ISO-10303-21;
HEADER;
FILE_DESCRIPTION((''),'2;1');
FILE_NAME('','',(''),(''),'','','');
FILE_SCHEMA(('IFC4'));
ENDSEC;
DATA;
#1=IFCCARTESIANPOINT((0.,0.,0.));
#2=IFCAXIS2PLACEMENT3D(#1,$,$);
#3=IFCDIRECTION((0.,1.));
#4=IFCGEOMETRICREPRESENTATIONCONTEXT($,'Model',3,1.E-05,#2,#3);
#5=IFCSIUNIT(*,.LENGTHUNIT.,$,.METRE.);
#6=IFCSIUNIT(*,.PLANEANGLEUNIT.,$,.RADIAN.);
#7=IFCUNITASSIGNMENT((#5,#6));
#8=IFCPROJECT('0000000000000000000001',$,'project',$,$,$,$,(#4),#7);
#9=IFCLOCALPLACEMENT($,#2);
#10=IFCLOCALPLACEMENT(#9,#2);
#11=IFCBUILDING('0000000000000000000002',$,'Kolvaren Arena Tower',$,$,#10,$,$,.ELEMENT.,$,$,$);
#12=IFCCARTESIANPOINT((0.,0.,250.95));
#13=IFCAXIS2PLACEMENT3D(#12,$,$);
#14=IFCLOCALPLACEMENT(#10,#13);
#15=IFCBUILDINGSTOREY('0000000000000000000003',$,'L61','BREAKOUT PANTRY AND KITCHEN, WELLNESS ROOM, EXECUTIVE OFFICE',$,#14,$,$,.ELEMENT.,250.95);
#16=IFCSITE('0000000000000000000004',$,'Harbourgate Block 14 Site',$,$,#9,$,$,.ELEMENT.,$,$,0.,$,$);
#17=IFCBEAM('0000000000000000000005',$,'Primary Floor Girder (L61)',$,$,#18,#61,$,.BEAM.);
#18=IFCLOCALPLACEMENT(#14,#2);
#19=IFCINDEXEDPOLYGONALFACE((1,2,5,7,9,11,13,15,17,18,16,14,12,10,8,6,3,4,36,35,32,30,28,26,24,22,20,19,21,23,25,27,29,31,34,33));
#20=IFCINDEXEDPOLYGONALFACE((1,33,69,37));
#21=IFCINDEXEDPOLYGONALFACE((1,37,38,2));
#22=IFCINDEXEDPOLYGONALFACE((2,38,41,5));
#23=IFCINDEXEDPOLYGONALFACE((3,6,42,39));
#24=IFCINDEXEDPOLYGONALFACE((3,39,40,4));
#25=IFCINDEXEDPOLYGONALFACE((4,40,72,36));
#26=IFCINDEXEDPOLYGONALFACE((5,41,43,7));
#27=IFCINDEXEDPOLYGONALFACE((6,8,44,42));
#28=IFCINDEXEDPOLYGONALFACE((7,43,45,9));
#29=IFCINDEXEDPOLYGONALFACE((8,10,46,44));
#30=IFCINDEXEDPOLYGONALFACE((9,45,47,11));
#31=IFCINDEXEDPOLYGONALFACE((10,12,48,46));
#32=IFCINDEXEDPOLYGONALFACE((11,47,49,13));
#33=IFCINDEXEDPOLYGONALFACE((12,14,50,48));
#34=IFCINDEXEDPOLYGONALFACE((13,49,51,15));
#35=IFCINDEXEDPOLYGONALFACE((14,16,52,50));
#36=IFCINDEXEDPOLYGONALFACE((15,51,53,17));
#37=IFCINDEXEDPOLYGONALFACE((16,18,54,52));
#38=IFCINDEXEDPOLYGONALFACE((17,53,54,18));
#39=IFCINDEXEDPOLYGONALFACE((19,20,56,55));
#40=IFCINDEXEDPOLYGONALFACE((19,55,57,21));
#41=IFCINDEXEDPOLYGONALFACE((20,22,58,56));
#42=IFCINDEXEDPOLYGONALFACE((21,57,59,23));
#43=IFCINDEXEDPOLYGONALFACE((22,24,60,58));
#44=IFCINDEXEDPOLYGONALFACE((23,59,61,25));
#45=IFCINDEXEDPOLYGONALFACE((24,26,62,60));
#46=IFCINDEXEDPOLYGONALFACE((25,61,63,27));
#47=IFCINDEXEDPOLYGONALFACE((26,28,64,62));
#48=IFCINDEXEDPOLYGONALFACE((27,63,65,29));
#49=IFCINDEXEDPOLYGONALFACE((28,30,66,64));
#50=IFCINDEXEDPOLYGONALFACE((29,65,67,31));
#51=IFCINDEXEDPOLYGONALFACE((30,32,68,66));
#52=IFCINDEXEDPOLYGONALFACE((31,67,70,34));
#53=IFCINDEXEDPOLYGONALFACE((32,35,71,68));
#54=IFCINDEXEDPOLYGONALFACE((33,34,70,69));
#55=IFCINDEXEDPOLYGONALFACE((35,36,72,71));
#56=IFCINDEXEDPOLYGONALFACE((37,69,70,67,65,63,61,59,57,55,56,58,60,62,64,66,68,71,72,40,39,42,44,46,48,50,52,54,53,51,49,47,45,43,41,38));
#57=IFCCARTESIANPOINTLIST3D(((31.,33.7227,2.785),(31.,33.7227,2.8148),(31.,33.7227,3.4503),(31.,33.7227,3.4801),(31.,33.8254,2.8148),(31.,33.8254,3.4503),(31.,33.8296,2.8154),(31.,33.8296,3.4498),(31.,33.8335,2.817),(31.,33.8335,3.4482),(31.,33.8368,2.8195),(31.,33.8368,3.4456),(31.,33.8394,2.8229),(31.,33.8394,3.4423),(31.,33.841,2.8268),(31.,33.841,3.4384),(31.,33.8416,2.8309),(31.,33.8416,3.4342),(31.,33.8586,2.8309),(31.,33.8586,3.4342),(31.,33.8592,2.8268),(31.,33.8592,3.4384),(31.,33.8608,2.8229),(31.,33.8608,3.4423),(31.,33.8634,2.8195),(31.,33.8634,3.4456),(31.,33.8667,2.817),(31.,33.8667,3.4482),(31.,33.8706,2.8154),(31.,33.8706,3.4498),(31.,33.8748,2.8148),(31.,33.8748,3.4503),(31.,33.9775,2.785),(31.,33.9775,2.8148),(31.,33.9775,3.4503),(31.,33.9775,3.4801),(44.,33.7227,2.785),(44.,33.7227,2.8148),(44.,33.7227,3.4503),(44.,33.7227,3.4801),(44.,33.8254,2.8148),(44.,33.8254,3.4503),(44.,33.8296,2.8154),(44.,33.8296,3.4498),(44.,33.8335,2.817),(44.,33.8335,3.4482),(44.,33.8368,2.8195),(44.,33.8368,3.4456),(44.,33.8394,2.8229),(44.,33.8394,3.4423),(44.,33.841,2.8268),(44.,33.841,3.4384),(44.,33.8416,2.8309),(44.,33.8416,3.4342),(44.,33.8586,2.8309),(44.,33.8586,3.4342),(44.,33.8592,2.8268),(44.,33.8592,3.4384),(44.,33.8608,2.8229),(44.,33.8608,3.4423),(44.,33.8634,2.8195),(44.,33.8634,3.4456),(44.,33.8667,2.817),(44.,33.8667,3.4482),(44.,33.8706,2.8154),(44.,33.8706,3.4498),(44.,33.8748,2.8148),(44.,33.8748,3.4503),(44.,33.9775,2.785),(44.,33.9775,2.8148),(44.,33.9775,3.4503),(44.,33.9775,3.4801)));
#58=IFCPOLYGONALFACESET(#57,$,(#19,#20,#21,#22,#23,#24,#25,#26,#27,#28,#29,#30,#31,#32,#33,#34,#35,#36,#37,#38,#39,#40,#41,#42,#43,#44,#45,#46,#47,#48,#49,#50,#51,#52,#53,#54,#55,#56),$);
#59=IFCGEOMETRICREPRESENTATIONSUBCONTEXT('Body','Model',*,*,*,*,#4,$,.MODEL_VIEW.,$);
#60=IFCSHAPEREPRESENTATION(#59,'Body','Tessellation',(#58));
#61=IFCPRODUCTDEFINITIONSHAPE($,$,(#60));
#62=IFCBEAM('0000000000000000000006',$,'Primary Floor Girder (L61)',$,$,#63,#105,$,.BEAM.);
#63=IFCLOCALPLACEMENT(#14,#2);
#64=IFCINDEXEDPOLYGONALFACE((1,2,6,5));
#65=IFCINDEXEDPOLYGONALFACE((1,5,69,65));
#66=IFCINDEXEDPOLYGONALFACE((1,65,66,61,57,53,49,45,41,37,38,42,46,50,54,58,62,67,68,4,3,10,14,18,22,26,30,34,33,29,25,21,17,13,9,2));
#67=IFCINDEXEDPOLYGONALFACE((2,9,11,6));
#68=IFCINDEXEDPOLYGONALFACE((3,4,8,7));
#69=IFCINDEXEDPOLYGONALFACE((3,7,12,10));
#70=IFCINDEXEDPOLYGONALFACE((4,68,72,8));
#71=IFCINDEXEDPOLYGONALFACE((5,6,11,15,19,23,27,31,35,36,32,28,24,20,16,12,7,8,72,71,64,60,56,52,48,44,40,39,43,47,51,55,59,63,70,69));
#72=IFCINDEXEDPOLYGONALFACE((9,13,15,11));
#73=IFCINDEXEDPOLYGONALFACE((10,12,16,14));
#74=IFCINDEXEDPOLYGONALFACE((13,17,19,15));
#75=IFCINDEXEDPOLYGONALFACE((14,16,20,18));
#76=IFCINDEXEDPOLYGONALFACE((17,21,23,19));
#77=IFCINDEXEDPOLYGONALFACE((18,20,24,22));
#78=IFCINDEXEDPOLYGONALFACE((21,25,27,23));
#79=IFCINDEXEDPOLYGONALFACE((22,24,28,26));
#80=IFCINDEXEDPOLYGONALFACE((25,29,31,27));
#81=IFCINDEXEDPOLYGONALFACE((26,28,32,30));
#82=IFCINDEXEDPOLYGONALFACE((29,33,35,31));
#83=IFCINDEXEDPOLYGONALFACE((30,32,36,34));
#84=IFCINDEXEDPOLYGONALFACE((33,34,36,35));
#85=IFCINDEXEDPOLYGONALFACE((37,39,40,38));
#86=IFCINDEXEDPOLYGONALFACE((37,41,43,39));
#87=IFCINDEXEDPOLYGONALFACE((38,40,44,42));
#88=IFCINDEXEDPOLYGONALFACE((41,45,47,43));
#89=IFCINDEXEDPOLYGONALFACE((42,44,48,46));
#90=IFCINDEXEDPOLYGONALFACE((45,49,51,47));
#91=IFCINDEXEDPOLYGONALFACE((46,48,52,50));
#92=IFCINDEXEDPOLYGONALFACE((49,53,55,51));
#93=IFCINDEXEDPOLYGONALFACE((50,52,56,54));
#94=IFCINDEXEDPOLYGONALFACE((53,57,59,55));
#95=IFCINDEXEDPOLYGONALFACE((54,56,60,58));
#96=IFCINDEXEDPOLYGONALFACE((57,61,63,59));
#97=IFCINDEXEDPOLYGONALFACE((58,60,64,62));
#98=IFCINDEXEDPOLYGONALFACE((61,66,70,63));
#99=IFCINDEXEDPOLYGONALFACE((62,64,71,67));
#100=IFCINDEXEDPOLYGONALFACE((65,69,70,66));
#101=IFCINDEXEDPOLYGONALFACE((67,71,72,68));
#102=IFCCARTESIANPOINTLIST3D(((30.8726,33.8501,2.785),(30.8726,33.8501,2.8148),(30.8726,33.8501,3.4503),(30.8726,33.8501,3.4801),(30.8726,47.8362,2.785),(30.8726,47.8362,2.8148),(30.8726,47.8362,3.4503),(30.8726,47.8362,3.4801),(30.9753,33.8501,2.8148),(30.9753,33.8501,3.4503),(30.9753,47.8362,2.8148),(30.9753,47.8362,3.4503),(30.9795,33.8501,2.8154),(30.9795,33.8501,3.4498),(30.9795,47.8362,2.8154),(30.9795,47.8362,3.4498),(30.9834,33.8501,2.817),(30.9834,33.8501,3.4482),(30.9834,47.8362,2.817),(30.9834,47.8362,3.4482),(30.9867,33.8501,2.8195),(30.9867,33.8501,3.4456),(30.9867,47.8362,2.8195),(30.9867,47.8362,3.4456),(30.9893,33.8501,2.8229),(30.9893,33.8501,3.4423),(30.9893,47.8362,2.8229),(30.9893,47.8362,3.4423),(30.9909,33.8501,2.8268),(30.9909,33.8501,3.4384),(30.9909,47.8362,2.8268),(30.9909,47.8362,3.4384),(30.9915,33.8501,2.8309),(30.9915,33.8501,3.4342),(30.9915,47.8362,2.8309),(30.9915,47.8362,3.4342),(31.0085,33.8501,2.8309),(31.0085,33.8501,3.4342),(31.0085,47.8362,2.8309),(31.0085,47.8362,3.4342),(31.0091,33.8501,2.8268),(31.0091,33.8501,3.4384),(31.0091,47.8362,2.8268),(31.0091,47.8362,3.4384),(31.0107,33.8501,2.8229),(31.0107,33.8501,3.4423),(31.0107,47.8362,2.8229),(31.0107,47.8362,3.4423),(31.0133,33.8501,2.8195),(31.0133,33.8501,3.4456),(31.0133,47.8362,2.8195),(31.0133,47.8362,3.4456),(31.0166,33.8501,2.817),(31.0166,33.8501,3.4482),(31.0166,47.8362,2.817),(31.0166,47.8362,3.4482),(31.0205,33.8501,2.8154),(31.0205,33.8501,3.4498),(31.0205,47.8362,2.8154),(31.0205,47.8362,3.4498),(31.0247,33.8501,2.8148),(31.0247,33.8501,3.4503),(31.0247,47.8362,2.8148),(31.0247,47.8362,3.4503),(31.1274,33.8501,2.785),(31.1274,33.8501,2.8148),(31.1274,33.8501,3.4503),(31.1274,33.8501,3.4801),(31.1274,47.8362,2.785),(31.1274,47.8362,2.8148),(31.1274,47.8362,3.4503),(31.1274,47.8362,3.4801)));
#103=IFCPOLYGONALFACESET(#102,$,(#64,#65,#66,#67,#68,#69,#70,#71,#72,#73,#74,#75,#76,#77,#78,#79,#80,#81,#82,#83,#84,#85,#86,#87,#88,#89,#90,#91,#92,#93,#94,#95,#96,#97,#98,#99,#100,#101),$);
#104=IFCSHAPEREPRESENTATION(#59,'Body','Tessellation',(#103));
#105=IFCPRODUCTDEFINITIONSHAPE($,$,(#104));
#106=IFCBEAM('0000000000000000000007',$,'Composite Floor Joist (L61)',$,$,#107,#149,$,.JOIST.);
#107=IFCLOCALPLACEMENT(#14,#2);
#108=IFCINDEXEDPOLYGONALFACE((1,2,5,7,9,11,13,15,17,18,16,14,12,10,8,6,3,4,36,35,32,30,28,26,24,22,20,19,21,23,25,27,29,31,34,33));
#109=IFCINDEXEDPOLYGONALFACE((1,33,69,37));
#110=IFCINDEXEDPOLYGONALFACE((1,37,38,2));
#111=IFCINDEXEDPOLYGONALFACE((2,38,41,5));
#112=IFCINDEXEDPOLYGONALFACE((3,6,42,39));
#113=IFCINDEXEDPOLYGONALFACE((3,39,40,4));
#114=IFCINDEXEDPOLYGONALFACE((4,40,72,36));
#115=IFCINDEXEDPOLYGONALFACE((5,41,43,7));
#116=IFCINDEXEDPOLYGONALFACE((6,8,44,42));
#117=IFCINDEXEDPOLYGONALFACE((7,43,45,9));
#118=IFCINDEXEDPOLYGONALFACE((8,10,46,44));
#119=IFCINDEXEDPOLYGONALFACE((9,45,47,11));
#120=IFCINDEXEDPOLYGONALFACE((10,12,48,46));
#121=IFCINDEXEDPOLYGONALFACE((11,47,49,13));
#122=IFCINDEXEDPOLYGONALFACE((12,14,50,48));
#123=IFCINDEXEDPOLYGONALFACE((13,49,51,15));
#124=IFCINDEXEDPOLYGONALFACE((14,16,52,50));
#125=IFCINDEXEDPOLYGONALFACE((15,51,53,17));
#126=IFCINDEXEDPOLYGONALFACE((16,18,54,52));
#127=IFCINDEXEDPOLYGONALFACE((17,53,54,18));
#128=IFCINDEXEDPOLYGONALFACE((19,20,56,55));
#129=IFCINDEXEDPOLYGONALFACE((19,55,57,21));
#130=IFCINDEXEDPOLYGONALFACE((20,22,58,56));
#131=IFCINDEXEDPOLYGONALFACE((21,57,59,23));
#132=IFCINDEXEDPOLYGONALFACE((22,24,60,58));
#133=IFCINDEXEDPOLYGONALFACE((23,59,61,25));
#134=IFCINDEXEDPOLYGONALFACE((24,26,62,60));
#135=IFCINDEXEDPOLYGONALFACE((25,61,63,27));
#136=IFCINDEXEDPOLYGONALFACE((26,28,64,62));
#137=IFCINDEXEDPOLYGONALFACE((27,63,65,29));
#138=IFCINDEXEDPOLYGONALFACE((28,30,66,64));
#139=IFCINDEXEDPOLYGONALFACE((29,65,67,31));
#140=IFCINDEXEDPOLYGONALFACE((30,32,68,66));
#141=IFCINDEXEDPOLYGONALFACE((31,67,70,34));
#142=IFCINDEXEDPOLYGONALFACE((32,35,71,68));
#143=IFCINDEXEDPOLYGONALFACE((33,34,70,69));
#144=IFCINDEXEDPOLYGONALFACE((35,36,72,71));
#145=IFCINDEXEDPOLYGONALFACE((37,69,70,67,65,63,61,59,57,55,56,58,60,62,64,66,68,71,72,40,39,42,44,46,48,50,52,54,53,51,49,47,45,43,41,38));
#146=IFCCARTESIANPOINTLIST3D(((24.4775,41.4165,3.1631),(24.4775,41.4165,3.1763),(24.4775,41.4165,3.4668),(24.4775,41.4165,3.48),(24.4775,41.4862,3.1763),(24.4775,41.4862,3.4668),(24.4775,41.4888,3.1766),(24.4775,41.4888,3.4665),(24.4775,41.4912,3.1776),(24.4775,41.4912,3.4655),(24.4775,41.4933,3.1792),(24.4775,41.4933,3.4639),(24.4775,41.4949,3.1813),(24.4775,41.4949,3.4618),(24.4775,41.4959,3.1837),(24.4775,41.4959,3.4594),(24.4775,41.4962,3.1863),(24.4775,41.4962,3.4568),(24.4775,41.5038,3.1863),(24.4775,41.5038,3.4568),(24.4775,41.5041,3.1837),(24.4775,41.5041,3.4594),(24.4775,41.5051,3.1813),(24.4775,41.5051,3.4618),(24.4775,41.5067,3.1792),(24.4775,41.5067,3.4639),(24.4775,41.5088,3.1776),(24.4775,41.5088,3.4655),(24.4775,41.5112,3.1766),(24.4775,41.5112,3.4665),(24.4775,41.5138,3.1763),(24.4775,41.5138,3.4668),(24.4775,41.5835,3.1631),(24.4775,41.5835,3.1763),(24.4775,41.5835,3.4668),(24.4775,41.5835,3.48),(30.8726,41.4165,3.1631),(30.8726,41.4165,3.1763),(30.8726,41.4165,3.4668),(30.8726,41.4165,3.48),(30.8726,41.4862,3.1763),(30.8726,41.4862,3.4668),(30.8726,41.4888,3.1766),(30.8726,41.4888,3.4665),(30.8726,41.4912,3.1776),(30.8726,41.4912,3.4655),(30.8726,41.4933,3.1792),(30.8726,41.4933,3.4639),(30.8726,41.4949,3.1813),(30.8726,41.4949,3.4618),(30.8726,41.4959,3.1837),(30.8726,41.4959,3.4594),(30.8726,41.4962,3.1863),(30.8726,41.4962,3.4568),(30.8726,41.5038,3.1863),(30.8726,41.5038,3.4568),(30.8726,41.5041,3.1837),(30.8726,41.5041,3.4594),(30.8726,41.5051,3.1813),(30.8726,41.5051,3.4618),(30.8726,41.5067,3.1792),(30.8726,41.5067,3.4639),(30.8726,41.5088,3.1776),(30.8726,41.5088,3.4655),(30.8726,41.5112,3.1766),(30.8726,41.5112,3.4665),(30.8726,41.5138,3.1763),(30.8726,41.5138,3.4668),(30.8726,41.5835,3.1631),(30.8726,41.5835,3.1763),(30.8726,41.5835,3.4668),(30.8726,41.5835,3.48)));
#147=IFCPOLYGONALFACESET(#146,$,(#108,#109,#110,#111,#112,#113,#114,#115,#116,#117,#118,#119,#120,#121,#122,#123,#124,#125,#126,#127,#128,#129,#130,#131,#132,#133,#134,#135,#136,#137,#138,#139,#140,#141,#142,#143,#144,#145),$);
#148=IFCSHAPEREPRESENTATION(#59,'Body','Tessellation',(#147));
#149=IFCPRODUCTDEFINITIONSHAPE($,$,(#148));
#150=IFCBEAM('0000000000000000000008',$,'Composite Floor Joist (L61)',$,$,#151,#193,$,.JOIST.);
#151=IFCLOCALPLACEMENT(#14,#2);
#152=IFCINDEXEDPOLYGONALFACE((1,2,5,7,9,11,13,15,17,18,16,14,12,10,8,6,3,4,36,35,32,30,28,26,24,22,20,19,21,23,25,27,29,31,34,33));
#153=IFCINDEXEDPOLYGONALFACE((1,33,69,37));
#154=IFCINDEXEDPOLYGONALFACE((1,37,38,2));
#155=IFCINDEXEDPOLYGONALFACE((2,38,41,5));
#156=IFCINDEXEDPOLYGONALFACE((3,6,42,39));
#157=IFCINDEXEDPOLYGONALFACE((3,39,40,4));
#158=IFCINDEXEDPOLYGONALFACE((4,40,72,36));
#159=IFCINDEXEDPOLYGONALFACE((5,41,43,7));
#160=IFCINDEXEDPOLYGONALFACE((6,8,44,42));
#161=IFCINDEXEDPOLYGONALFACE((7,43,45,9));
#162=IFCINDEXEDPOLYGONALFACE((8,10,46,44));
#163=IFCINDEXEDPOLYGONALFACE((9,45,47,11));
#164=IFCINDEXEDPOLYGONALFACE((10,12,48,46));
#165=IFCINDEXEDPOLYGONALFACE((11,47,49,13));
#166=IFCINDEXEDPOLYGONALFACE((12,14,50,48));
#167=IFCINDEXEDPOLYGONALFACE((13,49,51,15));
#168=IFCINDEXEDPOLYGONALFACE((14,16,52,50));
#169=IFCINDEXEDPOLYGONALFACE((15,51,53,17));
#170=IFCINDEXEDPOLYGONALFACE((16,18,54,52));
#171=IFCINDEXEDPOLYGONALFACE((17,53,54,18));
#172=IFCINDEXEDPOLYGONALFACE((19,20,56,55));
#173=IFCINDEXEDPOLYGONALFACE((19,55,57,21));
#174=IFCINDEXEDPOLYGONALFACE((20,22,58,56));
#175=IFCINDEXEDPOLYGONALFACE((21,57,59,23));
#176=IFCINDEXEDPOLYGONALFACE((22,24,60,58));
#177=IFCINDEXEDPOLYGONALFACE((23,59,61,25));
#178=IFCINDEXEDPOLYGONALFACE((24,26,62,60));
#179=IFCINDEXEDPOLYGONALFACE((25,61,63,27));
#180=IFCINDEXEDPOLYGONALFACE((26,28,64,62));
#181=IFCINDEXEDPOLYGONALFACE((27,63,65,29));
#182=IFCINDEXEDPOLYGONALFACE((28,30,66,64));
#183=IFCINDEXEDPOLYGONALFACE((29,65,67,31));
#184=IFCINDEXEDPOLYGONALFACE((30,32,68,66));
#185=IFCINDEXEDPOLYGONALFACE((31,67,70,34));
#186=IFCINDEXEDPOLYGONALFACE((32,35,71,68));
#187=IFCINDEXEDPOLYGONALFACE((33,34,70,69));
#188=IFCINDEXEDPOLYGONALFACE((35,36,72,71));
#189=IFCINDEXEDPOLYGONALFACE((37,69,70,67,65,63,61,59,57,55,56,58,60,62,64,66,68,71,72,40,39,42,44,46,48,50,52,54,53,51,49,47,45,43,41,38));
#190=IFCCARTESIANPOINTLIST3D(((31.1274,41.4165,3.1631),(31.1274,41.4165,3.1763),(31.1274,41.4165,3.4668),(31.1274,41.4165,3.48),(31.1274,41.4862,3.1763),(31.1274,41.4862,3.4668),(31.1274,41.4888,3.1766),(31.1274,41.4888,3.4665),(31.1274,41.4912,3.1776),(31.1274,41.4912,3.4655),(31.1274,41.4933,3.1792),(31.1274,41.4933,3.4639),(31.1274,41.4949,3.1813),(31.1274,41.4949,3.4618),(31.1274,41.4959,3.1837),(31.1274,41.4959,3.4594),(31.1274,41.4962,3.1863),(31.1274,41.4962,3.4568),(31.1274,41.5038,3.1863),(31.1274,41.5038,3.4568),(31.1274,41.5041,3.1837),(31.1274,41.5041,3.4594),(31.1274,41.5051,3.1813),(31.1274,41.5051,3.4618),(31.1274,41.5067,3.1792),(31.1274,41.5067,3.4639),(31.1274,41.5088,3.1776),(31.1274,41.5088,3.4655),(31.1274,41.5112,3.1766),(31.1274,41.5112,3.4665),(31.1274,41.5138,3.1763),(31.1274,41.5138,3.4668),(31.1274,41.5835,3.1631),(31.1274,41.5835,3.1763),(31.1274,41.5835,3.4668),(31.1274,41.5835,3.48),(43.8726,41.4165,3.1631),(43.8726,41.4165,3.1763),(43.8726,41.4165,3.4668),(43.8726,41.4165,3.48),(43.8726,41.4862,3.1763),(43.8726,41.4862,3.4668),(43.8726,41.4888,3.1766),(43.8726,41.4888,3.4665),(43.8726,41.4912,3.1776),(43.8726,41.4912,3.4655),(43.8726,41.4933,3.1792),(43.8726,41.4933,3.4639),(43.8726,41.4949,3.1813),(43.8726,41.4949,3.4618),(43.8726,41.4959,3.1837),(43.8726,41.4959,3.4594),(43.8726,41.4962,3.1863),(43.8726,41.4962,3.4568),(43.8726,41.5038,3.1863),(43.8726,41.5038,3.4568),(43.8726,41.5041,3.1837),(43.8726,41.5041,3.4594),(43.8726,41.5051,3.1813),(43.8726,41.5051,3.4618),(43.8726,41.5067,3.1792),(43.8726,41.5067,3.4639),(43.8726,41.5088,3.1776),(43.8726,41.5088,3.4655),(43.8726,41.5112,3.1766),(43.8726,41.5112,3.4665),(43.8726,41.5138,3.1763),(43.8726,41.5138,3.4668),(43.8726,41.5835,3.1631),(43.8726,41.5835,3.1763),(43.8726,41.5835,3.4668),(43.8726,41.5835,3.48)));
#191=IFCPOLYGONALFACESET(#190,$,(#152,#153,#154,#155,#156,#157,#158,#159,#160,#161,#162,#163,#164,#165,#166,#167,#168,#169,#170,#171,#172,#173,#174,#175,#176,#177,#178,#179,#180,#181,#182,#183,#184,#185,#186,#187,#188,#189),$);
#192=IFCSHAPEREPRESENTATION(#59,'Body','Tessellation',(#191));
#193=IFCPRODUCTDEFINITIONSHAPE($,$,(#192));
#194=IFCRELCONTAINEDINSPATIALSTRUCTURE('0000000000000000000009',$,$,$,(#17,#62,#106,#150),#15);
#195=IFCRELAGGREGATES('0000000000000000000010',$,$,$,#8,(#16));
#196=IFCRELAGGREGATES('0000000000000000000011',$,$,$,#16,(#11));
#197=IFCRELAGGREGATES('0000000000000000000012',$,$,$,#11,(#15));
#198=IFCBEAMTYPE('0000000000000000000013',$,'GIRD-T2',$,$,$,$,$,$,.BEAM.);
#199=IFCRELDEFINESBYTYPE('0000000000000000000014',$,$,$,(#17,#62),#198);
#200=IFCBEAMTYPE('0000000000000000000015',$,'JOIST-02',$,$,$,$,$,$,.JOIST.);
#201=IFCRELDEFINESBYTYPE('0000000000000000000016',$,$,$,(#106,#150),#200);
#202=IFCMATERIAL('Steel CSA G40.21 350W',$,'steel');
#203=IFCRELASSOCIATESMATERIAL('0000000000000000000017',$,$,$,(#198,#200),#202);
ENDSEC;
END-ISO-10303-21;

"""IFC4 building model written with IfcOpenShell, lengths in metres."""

from ifc_helpers import new_model, si_unit, direction, frame, origin, origin_2d, place, context, subcontext, project, spatial, i_section, extrude, material, material_profile, profile_set, type_object, element, save


model = new_model("IFC4")

# Units and contexts
model_context = context("Model", 3, precision=1e-05, world=origin(), true_north=direction((0.0, 1.0)))
body_context = subcontext(model_context, "Body", "Model", "MODEL_VIEW")
ifc_project = project(units=[si_unit("LENGTHUNIT", "METRE"), si_unit("PLANEANGLEUNIT", "RADIAN")], contexts=[model_context])

# Site, building, storey
site_placement = place(None, origin())
site = spatial("IfcSite", under=ifc_project, at=site_placement, Name="Harbourgate Block 14 Site", CompositionType="ELEMENT", RefElevation=0.0)
building_placement = place(site_placement, origin())
building = spatial("IfcBuilding", under=site, at=building_placement, Name="Kolvaren Arena Tower", CompositionType="ELEMENT")
storey_placement = place(building_placement, frame((0.0, 0.0, 250.95)))
storey = spatial("IfcBuildingStorey", under=building, at=storey_placement, Name="L61", Description="BREAKOUT PANTRY AND KITCHEN, WELLNESS ROOM, EXECUTIVE OFFICE", CompositionType="ELEMENT", Elevation=250.95)

# Beams
ifc_material_1 = material(Name="Steel CSA G40.21 350W", Category="steel")
ifc_material_profile_1 = material_profile(ifc_material_1, i_section(OverallWidth=0.2549, OverallDepth=0.6951, WebThickness=0.0171, FlangeThickness=0.0298, FilletRadius=0.0161, at=origin_2d()), Name="W690x217")
ifc_profile_set_1 = profile_set([ifc_material_profile_1], Name="Steel CSA G40.21 350W")
beam_type_1 = type_object("IfcBeamType", Name="GIRD-T2", PredefinedType="BEAM", material=ifc_profile_set_1)
beam_1_placement = place(storey_placement, frame((31.0, 33.8501, 3.1326), z_axis=(1.0, 0.0, 0.0), x_axis=(0.0, 1.0, 0.0)))
element("IfcBeam", 1, at=beam_1_placement, inside=storey, type_object=beam_type_1, Name="Primary Floor Girder (L61)", PredefinedType="BEAM", context=body_context, shape_type="SweptSolid", body=[
    extrude(i_section(OverallWidth=0.2549, OverallDepth=0.6951, WebThickness=0.0171, FlangeThickness=0.0298, FilletRadius=0.0161, at=origin_2d()), origin(), (0.0, 0.0, 1.0), 13.0),
])
beam_2_placement = place(storey_placement, frame((31.0, 33.8501, 3.1326), z_axis=(0.0, 1.0, 0.0), x_axis=(-1.0, 0.0, 0.0)))
element("IfcBeam", 2, at=beam_2_placement, inside=storey, type_object=beam_type_1, Name="Primary Floor Girder (L61)", PredefinedType="BEAM", context=body_context, shape_type="SweptSolid", body=[
    extrude(i_section(OverallWidth=0.2549, OverallDepth=0.6951, WebThickness=0.0171, FlangeThickness=0.0298, FilletRadius=0.0161, at=origin_2d()), origin(), (0.0, 0.0, 1.0), 13.9861),
])
ifc_material_profile_2 = material_profile(ifc_material_1, i_section(OverallWidth=0.167, OverallDepth=0.3169, WebThickness=0.0076, FlangeThickness=0.0132, FilletRadius=0.01, at=origin_2d()), Name="W310x52")
ifc_profile_set_2 = profile_set([ifc_material_profile_2], Name="Steel CSA G40.21 350W")
beam_type_2 = type_object("IfcBeamType", Name="JOIST-02", PredefinedType="JOIST", material=ifc_profile_set_2)
beam_3_placement = place(storey_placement, frame((24.4775, 41.5, 3.3215), z_axis=(1.0, 0.0, 0.0), x_axis=(0.0, 1.0, 0.0)))
element("IfcBeam", 3, at=beam_3_placement, inside=storey, type_object=beam_type_2, Name="Composite Floor Joist (L61)", PredefinedType="JOIST", context=body_context, shape_type="SweptSolid", body=[
    extrude(i_section(OverallWidth=0.167, OverallDepth=0.3169, WebThickness=0.0076, FlangeThickness=0.0132, FilletRadius=0.01, at=origin_2d()), origin(), (0.0, 0.0, 1.0), 6.395),
])
beam_4_placement = place(storey_placement, frame((31.1274, 41.5, 3.3215), z_axis=(1.0, 0.0, 0.0), x_axis=(0.0, 1.0, 0.0)))
element("IfcBeam", 4, at=beam_4_placement, inside=storey, type_object=beam_type_2, Name="Composite Floor Joist (L61)", PredefinedType="JOIST", context=body_context, shape_type="SweptSolid", body=[
    extrude(i_section(OverallWidth=0.167, OverallDepth=0.3169, WebThickness=0.0076, FlangeThickness=0.0132, FilletRadius=0.01, at=origin_2d()), origin(), (0.0, 0.0, 1.0), 12.7451),
])

save(model, "model.ifc")
